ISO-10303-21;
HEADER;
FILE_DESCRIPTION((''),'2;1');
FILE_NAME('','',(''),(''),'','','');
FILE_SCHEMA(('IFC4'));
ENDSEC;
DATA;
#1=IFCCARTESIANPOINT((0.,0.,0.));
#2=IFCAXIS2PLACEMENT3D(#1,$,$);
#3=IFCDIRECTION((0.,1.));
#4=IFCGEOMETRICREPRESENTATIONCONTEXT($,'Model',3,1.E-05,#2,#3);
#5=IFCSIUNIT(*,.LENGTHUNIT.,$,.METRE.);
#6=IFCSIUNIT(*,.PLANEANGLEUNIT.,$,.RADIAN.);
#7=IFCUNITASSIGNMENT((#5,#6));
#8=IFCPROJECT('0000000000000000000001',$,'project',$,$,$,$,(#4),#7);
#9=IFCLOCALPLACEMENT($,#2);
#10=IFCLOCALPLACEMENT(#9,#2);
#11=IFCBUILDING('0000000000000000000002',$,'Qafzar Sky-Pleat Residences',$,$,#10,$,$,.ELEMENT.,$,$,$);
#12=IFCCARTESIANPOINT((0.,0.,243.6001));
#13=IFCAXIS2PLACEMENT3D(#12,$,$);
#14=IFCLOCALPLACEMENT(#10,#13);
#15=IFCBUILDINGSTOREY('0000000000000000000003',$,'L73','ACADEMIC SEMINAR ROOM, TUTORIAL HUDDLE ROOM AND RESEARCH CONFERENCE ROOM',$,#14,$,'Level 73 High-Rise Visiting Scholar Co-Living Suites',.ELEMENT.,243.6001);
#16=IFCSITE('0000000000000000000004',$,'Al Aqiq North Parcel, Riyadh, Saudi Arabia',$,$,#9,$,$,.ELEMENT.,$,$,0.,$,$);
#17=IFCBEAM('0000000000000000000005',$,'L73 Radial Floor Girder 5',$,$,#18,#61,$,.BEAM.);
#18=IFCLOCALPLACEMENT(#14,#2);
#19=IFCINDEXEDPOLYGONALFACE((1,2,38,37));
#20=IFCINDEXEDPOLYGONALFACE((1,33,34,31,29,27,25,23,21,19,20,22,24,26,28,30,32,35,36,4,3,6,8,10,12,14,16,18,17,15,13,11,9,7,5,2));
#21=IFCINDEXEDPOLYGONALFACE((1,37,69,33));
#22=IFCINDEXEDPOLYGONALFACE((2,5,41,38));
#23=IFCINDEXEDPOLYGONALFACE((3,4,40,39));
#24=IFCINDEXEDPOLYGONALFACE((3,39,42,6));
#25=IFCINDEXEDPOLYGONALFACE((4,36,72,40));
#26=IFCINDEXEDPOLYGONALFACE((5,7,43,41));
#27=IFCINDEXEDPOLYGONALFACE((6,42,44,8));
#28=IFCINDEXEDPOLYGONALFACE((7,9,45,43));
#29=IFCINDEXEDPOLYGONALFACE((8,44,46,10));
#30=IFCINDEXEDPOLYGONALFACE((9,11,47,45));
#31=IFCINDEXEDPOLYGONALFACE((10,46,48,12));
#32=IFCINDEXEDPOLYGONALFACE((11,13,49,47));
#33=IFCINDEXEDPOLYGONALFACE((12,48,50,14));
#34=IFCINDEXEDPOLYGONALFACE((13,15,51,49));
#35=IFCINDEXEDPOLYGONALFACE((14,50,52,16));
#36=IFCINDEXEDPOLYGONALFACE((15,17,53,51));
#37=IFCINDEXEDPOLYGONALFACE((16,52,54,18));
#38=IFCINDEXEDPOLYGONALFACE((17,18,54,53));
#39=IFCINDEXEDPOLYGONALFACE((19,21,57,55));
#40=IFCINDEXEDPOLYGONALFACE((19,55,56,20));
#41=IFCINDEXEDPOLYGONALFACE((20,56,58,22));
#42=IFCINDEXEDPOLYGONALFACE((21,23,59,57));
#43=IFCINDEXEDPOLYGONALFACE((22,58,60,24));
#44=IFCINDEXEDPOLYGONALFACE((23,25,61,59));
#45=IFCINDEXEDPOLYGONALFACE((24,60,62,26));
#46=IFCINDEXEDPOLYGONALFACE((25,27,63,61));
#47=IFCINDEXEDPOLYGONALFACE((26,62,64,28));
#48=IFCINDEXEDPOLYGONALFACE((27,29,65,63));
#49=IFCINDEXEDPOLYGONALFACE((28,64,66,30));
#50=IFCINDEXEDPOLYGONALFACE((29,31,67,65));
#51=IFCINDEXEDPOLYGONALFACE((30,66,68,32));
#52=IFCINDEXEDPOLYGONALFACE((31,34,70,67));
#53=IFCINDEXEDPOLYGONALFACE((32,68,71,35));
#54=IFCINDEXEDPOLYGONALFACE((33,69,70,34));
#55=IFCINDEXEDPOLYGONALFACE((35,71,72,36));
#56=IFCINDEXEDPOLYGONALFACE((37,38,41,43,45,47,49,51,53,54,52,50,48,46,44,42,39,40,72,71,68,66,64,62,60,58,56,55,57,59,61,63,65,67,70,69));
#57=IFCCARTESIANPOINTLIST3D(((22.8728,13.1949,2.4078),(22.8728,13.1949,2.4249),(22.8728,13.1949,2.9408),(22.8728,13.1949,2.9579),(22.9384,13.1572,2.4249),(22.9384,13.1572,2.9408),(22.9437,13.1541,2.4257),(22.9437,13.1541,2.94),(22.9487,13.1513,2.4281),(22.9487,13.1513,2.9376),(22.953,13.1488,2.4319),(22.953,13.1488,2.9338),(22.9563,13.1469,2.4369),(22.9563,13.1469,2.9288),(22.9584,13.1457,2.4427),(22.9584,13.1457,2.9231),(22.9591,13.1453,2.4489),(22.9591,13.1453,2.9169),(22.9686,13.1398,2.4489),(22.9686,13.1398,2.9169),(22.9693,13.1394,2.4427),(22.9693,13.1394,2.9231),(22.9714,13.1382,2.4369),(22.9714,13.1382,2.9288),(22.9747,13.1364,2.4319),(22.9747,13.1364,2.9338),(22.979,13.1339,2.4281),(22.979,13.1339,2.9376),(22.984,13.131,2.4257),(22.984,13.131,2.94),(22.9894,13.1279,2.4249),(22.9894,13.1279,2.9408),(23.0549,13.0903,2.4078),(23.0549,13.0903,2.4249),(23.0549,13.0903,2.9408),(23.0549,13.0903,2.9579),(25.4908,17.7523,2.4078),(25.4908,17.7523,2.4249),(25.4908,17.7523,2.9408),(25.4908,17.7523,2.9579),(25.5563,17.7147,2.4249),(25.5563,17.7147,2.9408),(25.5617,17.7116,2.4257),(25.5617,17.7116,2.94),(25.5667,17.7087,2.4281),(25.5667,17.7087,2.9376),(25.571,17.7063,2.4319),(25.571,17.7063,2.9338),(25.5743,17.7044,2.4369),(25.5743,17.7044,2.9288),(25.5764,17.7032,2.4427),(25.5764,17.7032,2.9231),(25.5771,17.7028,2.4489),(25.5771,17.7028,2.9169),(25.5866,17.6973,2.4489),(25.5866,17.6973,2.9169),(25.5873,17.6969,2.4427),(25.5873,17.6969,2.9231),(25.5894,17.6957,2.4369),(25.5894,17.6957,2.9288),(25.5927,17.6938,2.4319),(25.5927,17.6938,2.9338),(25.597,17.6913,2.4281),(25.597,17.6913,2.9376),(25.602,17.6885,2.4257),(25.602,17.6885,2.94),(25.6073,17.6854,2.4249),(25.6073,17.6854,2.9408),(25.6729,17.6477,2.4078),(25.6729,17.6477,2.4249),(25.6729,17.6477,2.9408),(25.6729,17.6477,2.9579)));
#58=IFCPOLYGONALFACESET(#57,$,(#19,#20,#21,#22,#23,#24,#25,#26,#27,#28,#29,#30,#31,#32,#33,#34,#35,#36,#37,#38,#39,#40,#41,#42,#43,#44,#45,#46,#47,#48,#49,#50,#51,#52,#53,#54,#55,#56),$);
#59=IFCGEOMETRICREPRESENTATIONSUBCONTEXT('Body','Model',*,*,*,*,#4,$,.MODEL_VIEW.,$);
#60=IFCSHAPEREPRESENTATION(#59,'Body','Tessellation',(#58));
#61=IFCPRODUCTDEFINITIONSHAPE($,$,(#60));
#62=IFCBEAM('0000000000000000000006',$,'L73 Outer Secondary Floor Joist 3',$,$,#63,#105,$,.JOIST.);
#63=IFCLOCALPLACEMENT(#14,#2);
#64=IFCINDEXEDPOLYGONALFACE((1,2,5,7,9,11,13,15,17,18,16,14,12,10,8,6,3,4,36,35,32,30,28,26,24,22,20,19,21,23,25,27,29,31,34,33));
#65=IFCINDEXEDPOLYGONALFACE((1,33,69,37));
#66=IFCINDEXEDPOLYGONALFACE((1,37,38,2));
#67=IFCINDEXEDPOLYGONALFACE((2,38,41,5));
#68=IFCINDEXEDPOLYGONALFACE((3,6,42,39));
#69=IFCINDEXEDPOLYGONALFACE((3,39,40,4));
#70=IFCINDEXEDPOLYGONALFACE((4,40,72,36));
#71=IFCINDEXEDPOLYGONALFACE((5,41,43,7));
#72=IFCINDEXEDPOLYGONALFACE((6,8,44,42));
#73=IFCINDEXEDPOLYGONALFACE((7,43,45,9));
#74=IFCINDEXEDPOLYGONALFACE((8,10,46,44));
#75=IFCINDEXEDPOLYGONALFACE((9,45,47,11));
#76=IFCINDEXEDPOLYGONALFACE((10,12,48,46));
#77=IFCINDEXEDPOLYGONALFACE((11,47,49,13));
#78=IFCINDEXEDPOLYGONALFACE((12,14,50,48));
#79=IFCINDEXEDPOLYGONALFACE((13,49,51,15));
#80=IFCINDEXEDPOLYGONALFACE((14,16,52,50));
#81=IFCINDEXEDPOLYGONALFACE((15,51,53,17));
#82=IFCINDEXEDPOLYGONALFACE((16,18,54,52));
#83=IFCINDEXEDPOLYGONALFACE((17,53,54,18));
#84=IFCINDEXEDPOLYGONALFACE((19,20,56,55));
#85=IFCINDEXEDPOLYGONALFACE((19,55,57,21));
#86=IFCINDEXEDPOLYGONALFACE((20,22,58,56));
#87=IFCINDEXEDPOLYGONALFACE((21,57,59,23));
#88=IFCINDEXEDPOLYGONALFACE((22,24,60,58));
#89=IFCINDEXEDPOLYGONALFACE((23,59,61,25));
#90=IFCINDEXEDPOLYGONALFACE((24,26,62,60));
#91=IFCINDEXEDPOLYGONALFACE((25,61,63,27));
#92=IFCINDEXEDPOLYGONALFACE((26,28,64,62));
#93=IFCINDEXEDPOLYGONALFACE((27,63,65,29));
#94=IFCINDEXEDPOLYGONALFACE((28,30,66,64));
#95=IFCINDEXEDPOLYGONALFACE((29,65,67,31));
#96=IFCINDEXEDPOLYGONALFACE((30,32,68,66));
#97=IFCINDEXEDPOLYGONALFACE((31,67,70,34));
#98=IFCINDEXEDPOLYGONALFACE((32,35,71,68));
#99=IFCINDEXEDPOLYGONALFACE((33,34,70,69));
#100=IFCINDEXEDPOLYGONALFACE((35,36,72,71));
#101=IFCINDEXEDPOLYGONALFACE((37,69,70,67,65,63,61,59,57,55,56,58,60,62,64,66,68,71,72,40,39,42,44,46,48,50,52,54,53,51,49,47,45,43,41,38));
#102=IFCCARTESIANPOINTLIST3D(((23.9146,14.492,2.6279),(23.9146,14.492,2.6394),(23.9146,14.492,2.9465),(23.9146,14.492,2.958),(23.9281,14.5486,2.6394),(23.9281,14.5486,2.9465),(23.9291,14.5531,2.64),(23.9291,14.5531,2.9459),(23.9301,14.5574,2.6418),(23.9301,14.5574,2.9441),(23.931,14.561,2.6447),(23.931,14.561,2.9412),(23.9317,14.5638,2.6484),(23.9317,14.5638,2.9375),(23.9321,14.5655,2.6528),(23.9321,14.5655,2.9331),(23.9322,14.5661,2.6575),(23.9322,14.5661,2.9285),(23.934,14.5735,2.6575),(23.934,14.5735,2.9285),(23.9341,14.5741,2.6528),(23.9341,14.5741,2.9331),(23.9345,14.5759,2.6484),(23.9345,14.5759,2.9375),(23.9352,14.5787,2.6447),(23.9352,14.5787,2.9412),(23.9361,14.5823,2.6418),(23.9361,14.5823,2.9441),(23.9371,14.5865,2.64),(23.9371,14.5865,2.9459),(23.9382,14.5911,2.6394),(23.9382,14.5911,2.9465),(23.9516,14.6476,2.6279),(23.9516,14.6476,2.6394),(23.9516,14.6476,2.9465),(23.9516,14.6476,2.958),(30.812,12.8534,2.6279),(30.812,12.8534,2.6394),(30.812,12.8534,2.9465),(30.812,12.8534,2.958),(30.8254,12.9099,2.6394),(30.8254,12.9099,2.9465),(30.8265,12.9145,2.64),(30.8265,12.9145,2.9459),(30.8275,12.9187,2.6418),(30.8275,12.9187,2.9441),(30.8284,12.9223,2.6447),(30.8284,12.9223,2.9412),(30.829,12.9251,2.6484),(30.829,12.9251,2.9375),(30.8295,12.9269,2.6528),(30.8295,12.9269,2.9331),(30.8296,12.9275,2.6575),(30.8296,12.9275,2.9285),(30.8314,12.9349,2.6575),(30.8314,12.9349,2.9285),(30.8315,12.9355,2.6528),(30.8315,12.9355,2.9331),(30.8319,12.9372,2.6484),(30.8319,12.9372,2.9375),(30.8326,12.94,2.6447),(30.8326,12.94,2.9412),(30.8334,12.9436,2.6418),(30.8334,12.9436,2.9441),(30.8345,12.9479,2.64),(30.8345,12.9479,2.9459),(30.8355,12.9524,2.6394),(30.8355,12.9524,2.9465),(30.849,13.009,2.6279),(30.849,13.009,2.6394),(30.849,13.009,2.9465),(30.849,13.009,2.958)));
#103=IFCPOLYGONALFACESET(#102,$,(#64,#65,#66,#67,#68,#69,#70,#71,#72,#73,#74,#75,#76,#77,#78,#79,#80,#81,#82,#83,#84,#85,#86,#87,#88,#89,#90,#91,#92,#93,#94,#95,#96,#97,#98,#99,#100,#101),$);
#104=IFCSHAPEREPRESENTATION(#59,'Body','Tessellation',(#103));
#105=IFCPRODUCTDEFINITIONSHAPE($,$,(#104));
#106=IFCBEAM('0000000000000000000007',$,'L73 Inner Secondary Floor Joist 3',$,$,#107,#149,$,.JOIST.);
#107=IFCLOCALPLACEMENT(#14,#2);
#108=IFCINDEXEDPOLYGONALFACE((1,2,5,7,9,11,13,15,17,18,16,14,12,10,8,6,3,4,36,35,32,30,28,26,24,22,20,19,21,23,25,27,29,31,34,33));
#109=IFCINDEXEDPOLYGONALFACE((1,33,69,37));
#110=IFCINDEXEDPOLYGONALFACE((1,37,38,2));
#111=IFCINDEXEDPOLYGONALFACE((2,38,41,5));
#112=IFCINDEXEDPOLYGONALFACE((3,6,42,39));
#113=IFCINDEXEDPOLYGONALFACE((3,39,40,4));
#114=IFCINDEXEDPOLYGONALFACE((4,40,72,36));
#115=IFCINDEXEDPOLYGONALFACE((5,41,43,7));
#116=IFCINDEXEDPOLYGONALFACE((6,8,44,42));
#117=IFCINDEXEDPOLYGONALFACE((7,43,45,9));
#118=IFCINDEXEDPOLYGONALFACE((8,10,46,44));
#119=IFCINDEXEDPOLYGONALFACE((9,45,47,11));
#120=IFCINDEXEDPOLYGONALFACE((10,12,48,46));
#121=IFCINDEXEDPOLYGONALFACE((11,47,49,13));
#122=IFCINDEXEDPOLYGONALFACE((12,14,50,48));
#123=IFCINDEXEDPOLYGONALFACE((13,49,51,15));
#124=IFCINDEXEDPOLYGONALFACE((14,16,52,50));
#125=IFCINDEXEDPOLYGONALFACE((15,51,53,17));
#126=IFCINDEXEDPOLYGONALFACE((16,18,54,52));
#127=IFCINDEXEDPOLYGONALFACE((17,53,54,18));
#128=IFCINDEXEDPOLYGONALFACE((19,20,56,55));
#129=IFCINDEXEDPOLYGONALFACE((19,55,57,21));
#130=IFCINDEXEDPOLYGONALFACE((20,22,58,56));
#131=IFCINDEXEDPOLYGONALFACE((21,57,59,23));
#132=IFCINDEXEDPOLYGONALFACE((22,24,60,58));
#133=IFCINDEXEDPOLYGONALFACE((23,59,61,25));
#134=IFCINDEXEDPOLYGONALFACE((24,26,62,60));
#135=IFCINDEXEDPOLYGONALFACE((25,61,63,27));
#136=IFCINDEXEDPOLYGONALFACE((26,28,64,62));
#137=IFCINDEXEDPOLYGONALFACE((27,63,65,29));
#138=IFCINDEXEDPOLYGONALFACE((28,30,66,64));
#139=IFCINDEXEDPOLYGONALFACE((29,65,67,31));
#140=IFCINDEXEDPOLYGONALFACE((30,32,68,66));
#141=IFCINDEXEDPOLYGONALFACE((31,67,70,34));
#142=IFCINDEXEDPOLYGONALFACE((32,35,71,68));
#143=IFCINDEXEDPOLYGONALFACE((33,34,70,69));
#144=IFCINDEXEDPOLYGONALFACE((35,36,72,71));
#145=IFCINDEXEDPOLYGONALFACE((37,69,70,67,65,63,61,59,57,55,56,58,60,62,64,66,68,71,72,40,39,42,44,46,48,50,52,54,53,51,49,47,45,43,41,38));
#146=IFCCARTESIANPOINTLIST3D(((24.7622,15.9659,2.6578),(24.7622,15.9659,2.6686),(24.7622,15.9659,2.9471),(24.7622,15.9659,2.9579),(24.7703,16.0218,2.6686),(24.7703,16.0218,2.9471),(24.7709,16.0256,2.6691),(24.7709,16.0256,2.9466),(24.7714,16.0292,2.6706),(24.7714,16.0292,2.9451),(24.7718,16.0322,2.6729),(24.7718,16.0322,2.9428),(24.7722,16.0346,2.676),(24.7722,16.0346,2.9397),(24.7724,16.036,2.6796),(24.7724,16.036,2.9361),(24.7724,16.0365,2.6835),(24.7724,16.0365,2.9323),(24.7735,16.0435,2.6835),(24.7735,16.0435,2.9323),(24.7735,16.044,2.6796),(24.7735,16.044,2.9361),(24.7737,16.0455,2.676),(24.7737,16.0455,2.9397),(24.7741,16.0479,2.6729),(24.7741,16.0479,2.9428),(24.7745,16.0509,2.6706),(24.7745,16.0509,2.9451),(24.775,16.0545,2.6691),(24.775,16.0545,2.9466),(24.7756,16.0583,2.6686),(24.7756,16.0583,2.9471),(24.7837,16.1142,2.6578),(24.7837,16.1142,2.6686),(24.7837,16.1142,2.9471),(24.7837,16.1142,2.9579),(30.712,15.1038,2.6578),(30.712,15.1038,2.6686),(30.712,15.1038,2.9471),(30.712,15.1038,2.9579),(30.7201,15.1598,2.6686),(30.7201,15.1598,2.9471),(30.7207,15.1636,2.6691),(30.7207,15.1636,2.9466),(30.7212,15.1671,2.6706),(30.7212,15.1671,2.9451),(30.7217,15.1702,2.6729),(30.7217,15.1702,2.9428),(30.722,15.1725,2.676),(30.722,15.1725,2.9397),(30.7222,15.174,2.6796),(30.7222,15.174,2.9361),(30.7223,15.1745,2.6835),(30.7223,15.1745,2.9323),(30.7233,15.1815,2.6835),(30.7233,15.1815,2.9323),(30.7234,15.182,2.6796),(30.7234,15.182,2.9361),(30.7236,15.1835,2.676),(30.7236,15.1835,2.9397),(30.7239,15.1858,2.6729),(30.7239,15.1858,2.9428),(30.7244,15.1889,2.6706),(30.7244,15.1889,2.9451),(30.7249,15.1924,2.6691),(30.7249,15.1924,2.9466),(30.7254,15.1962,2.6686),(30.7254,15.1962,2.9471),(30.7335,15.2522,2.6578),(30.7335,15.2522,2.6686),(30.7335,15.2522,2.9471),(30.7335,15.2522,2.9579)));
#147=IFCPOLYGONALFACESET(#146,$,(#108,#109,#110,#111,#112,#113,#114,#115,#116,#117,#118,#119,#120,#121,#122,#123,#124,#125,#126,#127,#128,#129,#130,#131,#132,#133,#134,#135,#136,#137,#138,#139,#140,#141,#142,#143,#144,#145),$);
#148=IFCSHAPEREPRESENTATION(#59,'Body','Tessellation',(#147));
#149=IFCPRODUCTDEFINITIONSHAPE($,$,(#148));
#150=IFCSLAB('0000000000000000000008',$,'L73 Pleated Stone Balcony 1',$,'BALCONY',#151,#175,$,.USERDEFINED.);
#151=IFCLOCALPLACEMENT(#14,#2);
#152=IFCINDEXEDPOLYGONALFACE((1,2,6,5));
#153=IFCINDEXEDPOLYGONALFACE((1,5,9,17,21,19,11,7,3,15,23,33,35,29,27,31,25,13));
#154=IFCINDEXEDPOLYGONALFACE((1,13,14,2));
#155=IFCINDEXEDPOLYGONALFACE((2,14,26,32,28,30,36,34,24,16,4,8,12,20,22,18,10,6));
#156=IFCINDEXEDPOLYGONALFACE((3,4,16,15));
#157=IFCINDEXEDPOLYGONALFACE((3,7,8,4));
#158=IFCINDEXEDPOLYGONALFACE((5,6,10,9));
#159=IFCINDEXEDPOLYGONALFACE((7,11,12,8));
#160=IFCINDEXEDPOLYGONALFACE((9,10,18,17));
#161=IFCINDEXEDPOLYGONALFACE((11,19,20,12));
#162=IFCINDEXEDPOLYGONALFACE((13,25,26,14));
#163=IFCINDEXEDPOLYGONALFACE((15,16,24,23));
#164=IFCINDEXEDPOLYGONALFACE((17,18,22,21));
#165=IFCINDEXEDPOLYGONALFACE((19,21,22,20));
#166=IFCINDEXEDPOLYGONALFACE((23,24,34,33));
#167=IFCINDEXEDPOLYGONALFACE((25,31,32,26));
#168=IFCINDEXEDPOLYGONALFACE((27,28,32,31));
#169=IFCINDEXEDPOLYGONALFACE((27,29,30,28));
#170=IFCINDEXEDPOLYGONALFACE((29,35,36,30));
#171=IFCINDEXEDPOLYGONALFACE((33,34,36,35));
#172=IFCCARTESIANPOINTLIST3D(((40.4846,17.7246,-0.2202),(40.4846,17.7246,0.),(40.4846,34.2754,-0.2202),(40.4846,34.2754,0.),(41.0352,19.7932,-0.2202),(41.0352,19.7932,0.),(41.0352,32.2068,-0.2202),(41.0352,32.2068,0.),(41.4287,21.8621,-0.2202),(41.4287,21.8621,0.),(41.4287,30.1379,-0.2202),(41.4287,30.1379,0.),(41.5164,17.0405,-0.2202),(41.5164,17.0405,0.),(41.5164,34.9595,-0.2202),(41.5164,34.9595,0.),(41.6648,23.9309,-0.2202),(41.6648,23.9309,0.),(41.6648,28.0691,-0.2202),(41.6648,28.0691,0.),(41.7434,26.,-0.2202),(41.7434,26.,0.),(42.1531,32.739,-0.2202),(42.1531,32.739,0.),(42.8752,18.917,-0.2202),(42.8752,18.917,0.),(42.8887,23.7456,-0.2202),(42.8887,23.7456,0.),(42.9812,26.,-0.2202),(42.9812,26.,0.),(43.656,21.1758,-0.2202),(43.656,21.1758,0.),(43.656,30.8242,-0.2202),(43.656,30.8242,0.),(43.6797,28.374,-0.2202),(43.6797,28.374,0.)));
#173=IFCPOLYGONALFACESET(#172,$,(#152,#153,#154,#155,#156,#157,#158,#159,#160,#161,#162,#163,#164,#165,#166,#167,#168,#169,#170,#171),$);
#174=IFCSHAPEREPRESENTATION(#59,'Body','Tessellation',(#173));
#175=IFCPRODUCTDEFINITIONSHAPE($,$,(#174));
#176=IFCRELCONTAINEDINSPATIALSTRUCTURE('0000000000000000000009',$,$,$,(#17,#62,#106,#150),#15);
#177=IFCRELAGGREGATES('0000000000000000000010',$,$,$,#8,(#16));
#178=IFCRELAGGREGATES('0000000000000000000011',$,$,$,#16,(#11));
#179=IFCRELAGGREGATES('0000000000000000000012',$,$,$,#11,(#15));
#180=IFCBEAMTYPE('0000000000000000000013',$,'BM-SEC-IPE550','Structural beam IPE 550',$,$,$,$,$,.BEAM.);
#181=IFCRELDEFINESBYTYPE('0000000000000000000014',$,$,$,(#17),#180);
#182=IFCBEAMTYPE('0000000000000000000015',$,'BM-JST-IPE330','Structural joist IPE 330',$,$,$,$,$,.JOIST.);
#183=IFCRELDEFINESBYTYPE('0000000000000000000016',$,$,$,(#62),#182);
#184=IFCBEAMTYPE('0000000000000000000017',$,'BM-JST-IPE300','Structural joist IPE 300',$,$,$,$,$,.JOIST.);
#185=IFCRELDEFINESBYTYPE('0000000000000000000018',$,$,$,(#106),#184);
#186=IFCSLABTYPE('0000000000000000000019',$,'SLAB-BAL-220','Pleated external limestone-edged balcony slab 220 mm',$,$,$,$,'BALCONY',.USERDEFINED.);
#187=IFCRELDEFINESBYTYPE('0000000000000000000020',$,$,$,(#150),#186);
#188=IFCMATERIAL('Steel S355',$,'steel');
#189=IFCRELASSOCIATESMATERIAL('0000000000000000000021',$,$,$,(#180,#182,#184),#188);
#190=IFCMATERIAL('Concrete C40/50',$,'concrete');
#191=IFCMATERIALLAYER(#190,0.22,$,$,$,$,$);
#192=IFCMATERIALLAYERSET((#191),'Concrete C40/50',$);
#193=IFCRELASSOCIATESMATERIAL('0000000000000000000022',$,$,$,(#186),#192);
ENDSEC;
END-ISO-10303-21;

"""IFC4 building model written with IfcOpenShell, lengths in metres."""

from ifc_helpers import new_model, si_unit, direction, frame, origin, origin_2d, place, context, subcontext, project, spatial, polyline, i_section, outline, extrude, source, transform, mapped, material, layer, layer_set, material_profile, profile_set, type_object, element, save


model = new_model("IFC4")

# Units and contexts
model_context = context("Model", 3, precision=1e-05, world=origin(), true_north=direction((0.0, 1.0)))
body_context = subcontext(model_context, "Body", "Model", "MODEL_VIEW")
ifc_project = project(units=[si_unit("LENGTHUNIT", "METRE"), si_unit("PLANEANGLEUNIT", "RADIAN")], contexts=[model_context])

# Site, building, storey
site_placement = place(None, origin())
site = spatial("IfcSite", under=ifc_project, at=site_placement, Name="Al Aqiq North Parcel, Riyadh, Saudi Arabia", CompositionType="ELEMENT", RefElevation=0.0)
building_placement = place(site_placement, origin())
building = spatial("IfcBuilding", under=site, at=building_placement, Name="Qafzar Sky-Pleat Residences", CompositionType="ELEMENT")
storey_placement = place(building_placement, frame((0.0, 0.0, 243.6001)))
storey = spatial("IfcBuildingStorey", under=building, at=storey_placement, Name="L73", Description="ACADEMIC SEMINAR ROOM, TUTORIAL HUDDLE ROOM AND RESEARCH CONFERENCE ROOM", LongName="Level 73 High-Rise Visiting Scholar Co-Living Suites", CompositionType="ELEMENT", Elevation=243.6001)

# Shared definitions
ifc_material_1 = material(Name="Steel S355", Category="steel")

# Beams
ifc_material_profile_1 = material_profile(ifc_material_1, i_section(OverallWidth=0.21, OverallDepth=0.55, WebThickness=0.011, FlangeThickness=0.0171, FilletRadius=0.0239, at=origin_2d()), Name="IPE 550")
ifc_profile_set_1 = profile_set([ifc_material_profile_1], Name="Steel S355")
beam_type_1 = type_object("IfcBeamType", Name="BM-SEC-IPE550", Description="Structural beam IPE 550", PredefinedType="BEAM", material=ifc_profile_set_1)
shared_shape_1 = source(origin(), body_context, "Body", "SweptSolid", [
    extrude(i_section(OverallWidth=0.21, OverallDepth=0.55, WebThickness=0.011, FlangeThickness=0.0171, FilletRadius=0.0239, at=origin_2d()), origin(), (0.0, 0.0, 1.0), 5.2559),
])
beam_1_placement = place(storey_placement, frame((22.9639, 13.1426, 2.6829), z_axis=(0.498104, 0.867117, 0.0), x_axis=(-0.867117, 0.498104, 0.0)))
element("IfcBeam", 1, at=beam_1_placement, inside=storey, type_object=beam_type_1, Name="L73 Radial Floor Girder 5", PredefinedType="BEAM", context=body_context, shape_type="MappedRepresentation", body=[
    mapped(shared_shape_1, transform((0.0, 0.0, 0.0), x_axis=(1.0, 0.0, 0.0), y_axis=(0.0, 1.0, 0.0), z_axis=(0.0, 0.0, 1.0), scale=1.0)),
])
ifc_material_profile_2 = material_profile(ifc_material_1, i_section(OverallWidth=0.1599, OverallDepth=0.3301, WebThickness=0.0076, FlangeThickness=0.0115, FilletRadius=0.0181, at=origin_2d()), Name="IPE 330")
ifc_profile_set_2 = profile_set([ifc_material_profile_2], Name="Steel S355")
beam_type_2 = type_object("IfcBeamType", Name="BM-JST-IPE330", Description="Structural joist IPE 330", PredefinedType="JOIST", material=ifc_profile_set_2)
shared_shape_2 = source(origin(), body_context, "Body", "SweptSolid", [
    extrude(i_section(OverallWidth=0.1599, OverallDepth=0.3301, WebThickness=0.0076, FlangeThickness=0.0115, FilletRadius=0.0181, at=origin_2d()), origin(), (0.0, 0.0, 1.0), 7.0894),
])
beam_2_placement = place(storey_placement, frame((23.9331, 14.5698, 2.793), z_axis=(0.97292, -0.231143, 0.0), x_axis=(0.231143, 0.97292, 0.0)))
element("IfcBeam", 2, at=beam_2_placement, inside=storey, type_object=beam_type_2, Name="L73 Outer Secondary Floor Joist 3", PredefinedType="JOIST", context=body_context, shape_type="MappedRepresentation", body=[
    mapped(shared_shape_2, transform((0.0, 0.0, 0.0), x_axis=(1.0, 0.0, 0.0), y_axis=(0.0, 1.0, 0.0), z_axis=(0.0, 0.0, 1.0), scale=1.0)),
])
ifc_material_profile_3 = material_profile(ifc_material_1, i_section(OverallWidth=0.1499, OverallDepth=0.3, WebThickness=0.0071, FlangeThickness=0.0107, FilletRadius=0.0149, at=origin_2d()), Name="IPE 300")
ifc_profile_set_3 = profile_set([ifc_material_profile_3], Name="Steel S355")
beam_type_3 = type_object("IfcBeamType", Name="BM-JST-IPE300", Description="Structural joist IPE 300", PredefinedType="JOIST", material=ifc_profile_set_3)
shared_shape_3 = source(origin(), body_context, "Body", "SweptSolid", [
    extrude(i_section(OverallWidth=0.1499, OverallDepth=0.3, WebThickness=0.0071, FlangeThickness=0.0107, FilletRadius=0.0149, at=origin_2d()), origin(), (0.0, 0.0, 1.0), 6.012),
])
beam_3_placement = place(storey_placement, frame((24.7729, 16.04, 2.8079), z_axis=(0.989667, -0.143388, 0.0), x_axis=(0.143388, 0.989667, 0.0)))
element("IfcBeam", 3, at=beam_3_placement, inside=storey, type_object=beam_type_3, Name="L73 Inner Secondary Floor Joist 3", PredefinedType="JOIST", context=body_context, shape_type="MappedRepresentation", body=[
    mapped(shared_shape_3, transform((0.0, 0.0, 0.0), x_axis=(1.0, 0.0, 0.0), y_axis=(0.0, 1.0, 0.0), z_axis=(0.0, 0.0, 1.0), scale=1.0)),
])

# Slab
ifc_material_2 = material(Name="Concrete C40/50", Category="concrete")
ifc_layer_1 = layer(ifc_material_2, 0.22)
ifc_layer_set_1 = layer_set([ifc_layer_1], Name="Concrete C40/50")
slab_type_1 = type_object("IfcSlabType", Name="SLAB-BAL-220", Description="Pleated external limestone-edged balcony slab 220 mm", ElementType="BALCONY", PredefinedType="USERDEFINED", material=ifc_layer_set_1)
slab_1_placement = place(storey_placement, frame((0.0, 0.0, -0.2202)))
element("IfcSlab", 4, at=slab_1_placement, inside=storey, type_object=slab_type_1, Name="L73 Pleated Stone Balcony 1", ObjectType="BALCONY", PredefinedType="USERDEFINED", context=body_context, shape_type="SweptSolid", body=[
    extrude(outline(polyline([(41.0352, 19.7932), (41.4287, 21.8621), (41.6648, 23.9309), (41.7434, 26.0), (41.6648, 28.0691), (41.4287, 30.1379), (41.0352, 32.2068), (40.4846, 34.2754), (41.5164, 34.9595), (42.1531, 32.739), (43.656, 30.8242), (43.6797, 28.374), (42.9812, 26.0), (42.8887, 23.7456), (43.656, 21.1758), (42.8752, 18.917), (41.5164, 17.0405), (40.4846, 17.7246), (41.0352, 19.7932)])), origin(), (0.0, 0.0, 1.0), 0.2202),
])

save(model, "model.ifc")
